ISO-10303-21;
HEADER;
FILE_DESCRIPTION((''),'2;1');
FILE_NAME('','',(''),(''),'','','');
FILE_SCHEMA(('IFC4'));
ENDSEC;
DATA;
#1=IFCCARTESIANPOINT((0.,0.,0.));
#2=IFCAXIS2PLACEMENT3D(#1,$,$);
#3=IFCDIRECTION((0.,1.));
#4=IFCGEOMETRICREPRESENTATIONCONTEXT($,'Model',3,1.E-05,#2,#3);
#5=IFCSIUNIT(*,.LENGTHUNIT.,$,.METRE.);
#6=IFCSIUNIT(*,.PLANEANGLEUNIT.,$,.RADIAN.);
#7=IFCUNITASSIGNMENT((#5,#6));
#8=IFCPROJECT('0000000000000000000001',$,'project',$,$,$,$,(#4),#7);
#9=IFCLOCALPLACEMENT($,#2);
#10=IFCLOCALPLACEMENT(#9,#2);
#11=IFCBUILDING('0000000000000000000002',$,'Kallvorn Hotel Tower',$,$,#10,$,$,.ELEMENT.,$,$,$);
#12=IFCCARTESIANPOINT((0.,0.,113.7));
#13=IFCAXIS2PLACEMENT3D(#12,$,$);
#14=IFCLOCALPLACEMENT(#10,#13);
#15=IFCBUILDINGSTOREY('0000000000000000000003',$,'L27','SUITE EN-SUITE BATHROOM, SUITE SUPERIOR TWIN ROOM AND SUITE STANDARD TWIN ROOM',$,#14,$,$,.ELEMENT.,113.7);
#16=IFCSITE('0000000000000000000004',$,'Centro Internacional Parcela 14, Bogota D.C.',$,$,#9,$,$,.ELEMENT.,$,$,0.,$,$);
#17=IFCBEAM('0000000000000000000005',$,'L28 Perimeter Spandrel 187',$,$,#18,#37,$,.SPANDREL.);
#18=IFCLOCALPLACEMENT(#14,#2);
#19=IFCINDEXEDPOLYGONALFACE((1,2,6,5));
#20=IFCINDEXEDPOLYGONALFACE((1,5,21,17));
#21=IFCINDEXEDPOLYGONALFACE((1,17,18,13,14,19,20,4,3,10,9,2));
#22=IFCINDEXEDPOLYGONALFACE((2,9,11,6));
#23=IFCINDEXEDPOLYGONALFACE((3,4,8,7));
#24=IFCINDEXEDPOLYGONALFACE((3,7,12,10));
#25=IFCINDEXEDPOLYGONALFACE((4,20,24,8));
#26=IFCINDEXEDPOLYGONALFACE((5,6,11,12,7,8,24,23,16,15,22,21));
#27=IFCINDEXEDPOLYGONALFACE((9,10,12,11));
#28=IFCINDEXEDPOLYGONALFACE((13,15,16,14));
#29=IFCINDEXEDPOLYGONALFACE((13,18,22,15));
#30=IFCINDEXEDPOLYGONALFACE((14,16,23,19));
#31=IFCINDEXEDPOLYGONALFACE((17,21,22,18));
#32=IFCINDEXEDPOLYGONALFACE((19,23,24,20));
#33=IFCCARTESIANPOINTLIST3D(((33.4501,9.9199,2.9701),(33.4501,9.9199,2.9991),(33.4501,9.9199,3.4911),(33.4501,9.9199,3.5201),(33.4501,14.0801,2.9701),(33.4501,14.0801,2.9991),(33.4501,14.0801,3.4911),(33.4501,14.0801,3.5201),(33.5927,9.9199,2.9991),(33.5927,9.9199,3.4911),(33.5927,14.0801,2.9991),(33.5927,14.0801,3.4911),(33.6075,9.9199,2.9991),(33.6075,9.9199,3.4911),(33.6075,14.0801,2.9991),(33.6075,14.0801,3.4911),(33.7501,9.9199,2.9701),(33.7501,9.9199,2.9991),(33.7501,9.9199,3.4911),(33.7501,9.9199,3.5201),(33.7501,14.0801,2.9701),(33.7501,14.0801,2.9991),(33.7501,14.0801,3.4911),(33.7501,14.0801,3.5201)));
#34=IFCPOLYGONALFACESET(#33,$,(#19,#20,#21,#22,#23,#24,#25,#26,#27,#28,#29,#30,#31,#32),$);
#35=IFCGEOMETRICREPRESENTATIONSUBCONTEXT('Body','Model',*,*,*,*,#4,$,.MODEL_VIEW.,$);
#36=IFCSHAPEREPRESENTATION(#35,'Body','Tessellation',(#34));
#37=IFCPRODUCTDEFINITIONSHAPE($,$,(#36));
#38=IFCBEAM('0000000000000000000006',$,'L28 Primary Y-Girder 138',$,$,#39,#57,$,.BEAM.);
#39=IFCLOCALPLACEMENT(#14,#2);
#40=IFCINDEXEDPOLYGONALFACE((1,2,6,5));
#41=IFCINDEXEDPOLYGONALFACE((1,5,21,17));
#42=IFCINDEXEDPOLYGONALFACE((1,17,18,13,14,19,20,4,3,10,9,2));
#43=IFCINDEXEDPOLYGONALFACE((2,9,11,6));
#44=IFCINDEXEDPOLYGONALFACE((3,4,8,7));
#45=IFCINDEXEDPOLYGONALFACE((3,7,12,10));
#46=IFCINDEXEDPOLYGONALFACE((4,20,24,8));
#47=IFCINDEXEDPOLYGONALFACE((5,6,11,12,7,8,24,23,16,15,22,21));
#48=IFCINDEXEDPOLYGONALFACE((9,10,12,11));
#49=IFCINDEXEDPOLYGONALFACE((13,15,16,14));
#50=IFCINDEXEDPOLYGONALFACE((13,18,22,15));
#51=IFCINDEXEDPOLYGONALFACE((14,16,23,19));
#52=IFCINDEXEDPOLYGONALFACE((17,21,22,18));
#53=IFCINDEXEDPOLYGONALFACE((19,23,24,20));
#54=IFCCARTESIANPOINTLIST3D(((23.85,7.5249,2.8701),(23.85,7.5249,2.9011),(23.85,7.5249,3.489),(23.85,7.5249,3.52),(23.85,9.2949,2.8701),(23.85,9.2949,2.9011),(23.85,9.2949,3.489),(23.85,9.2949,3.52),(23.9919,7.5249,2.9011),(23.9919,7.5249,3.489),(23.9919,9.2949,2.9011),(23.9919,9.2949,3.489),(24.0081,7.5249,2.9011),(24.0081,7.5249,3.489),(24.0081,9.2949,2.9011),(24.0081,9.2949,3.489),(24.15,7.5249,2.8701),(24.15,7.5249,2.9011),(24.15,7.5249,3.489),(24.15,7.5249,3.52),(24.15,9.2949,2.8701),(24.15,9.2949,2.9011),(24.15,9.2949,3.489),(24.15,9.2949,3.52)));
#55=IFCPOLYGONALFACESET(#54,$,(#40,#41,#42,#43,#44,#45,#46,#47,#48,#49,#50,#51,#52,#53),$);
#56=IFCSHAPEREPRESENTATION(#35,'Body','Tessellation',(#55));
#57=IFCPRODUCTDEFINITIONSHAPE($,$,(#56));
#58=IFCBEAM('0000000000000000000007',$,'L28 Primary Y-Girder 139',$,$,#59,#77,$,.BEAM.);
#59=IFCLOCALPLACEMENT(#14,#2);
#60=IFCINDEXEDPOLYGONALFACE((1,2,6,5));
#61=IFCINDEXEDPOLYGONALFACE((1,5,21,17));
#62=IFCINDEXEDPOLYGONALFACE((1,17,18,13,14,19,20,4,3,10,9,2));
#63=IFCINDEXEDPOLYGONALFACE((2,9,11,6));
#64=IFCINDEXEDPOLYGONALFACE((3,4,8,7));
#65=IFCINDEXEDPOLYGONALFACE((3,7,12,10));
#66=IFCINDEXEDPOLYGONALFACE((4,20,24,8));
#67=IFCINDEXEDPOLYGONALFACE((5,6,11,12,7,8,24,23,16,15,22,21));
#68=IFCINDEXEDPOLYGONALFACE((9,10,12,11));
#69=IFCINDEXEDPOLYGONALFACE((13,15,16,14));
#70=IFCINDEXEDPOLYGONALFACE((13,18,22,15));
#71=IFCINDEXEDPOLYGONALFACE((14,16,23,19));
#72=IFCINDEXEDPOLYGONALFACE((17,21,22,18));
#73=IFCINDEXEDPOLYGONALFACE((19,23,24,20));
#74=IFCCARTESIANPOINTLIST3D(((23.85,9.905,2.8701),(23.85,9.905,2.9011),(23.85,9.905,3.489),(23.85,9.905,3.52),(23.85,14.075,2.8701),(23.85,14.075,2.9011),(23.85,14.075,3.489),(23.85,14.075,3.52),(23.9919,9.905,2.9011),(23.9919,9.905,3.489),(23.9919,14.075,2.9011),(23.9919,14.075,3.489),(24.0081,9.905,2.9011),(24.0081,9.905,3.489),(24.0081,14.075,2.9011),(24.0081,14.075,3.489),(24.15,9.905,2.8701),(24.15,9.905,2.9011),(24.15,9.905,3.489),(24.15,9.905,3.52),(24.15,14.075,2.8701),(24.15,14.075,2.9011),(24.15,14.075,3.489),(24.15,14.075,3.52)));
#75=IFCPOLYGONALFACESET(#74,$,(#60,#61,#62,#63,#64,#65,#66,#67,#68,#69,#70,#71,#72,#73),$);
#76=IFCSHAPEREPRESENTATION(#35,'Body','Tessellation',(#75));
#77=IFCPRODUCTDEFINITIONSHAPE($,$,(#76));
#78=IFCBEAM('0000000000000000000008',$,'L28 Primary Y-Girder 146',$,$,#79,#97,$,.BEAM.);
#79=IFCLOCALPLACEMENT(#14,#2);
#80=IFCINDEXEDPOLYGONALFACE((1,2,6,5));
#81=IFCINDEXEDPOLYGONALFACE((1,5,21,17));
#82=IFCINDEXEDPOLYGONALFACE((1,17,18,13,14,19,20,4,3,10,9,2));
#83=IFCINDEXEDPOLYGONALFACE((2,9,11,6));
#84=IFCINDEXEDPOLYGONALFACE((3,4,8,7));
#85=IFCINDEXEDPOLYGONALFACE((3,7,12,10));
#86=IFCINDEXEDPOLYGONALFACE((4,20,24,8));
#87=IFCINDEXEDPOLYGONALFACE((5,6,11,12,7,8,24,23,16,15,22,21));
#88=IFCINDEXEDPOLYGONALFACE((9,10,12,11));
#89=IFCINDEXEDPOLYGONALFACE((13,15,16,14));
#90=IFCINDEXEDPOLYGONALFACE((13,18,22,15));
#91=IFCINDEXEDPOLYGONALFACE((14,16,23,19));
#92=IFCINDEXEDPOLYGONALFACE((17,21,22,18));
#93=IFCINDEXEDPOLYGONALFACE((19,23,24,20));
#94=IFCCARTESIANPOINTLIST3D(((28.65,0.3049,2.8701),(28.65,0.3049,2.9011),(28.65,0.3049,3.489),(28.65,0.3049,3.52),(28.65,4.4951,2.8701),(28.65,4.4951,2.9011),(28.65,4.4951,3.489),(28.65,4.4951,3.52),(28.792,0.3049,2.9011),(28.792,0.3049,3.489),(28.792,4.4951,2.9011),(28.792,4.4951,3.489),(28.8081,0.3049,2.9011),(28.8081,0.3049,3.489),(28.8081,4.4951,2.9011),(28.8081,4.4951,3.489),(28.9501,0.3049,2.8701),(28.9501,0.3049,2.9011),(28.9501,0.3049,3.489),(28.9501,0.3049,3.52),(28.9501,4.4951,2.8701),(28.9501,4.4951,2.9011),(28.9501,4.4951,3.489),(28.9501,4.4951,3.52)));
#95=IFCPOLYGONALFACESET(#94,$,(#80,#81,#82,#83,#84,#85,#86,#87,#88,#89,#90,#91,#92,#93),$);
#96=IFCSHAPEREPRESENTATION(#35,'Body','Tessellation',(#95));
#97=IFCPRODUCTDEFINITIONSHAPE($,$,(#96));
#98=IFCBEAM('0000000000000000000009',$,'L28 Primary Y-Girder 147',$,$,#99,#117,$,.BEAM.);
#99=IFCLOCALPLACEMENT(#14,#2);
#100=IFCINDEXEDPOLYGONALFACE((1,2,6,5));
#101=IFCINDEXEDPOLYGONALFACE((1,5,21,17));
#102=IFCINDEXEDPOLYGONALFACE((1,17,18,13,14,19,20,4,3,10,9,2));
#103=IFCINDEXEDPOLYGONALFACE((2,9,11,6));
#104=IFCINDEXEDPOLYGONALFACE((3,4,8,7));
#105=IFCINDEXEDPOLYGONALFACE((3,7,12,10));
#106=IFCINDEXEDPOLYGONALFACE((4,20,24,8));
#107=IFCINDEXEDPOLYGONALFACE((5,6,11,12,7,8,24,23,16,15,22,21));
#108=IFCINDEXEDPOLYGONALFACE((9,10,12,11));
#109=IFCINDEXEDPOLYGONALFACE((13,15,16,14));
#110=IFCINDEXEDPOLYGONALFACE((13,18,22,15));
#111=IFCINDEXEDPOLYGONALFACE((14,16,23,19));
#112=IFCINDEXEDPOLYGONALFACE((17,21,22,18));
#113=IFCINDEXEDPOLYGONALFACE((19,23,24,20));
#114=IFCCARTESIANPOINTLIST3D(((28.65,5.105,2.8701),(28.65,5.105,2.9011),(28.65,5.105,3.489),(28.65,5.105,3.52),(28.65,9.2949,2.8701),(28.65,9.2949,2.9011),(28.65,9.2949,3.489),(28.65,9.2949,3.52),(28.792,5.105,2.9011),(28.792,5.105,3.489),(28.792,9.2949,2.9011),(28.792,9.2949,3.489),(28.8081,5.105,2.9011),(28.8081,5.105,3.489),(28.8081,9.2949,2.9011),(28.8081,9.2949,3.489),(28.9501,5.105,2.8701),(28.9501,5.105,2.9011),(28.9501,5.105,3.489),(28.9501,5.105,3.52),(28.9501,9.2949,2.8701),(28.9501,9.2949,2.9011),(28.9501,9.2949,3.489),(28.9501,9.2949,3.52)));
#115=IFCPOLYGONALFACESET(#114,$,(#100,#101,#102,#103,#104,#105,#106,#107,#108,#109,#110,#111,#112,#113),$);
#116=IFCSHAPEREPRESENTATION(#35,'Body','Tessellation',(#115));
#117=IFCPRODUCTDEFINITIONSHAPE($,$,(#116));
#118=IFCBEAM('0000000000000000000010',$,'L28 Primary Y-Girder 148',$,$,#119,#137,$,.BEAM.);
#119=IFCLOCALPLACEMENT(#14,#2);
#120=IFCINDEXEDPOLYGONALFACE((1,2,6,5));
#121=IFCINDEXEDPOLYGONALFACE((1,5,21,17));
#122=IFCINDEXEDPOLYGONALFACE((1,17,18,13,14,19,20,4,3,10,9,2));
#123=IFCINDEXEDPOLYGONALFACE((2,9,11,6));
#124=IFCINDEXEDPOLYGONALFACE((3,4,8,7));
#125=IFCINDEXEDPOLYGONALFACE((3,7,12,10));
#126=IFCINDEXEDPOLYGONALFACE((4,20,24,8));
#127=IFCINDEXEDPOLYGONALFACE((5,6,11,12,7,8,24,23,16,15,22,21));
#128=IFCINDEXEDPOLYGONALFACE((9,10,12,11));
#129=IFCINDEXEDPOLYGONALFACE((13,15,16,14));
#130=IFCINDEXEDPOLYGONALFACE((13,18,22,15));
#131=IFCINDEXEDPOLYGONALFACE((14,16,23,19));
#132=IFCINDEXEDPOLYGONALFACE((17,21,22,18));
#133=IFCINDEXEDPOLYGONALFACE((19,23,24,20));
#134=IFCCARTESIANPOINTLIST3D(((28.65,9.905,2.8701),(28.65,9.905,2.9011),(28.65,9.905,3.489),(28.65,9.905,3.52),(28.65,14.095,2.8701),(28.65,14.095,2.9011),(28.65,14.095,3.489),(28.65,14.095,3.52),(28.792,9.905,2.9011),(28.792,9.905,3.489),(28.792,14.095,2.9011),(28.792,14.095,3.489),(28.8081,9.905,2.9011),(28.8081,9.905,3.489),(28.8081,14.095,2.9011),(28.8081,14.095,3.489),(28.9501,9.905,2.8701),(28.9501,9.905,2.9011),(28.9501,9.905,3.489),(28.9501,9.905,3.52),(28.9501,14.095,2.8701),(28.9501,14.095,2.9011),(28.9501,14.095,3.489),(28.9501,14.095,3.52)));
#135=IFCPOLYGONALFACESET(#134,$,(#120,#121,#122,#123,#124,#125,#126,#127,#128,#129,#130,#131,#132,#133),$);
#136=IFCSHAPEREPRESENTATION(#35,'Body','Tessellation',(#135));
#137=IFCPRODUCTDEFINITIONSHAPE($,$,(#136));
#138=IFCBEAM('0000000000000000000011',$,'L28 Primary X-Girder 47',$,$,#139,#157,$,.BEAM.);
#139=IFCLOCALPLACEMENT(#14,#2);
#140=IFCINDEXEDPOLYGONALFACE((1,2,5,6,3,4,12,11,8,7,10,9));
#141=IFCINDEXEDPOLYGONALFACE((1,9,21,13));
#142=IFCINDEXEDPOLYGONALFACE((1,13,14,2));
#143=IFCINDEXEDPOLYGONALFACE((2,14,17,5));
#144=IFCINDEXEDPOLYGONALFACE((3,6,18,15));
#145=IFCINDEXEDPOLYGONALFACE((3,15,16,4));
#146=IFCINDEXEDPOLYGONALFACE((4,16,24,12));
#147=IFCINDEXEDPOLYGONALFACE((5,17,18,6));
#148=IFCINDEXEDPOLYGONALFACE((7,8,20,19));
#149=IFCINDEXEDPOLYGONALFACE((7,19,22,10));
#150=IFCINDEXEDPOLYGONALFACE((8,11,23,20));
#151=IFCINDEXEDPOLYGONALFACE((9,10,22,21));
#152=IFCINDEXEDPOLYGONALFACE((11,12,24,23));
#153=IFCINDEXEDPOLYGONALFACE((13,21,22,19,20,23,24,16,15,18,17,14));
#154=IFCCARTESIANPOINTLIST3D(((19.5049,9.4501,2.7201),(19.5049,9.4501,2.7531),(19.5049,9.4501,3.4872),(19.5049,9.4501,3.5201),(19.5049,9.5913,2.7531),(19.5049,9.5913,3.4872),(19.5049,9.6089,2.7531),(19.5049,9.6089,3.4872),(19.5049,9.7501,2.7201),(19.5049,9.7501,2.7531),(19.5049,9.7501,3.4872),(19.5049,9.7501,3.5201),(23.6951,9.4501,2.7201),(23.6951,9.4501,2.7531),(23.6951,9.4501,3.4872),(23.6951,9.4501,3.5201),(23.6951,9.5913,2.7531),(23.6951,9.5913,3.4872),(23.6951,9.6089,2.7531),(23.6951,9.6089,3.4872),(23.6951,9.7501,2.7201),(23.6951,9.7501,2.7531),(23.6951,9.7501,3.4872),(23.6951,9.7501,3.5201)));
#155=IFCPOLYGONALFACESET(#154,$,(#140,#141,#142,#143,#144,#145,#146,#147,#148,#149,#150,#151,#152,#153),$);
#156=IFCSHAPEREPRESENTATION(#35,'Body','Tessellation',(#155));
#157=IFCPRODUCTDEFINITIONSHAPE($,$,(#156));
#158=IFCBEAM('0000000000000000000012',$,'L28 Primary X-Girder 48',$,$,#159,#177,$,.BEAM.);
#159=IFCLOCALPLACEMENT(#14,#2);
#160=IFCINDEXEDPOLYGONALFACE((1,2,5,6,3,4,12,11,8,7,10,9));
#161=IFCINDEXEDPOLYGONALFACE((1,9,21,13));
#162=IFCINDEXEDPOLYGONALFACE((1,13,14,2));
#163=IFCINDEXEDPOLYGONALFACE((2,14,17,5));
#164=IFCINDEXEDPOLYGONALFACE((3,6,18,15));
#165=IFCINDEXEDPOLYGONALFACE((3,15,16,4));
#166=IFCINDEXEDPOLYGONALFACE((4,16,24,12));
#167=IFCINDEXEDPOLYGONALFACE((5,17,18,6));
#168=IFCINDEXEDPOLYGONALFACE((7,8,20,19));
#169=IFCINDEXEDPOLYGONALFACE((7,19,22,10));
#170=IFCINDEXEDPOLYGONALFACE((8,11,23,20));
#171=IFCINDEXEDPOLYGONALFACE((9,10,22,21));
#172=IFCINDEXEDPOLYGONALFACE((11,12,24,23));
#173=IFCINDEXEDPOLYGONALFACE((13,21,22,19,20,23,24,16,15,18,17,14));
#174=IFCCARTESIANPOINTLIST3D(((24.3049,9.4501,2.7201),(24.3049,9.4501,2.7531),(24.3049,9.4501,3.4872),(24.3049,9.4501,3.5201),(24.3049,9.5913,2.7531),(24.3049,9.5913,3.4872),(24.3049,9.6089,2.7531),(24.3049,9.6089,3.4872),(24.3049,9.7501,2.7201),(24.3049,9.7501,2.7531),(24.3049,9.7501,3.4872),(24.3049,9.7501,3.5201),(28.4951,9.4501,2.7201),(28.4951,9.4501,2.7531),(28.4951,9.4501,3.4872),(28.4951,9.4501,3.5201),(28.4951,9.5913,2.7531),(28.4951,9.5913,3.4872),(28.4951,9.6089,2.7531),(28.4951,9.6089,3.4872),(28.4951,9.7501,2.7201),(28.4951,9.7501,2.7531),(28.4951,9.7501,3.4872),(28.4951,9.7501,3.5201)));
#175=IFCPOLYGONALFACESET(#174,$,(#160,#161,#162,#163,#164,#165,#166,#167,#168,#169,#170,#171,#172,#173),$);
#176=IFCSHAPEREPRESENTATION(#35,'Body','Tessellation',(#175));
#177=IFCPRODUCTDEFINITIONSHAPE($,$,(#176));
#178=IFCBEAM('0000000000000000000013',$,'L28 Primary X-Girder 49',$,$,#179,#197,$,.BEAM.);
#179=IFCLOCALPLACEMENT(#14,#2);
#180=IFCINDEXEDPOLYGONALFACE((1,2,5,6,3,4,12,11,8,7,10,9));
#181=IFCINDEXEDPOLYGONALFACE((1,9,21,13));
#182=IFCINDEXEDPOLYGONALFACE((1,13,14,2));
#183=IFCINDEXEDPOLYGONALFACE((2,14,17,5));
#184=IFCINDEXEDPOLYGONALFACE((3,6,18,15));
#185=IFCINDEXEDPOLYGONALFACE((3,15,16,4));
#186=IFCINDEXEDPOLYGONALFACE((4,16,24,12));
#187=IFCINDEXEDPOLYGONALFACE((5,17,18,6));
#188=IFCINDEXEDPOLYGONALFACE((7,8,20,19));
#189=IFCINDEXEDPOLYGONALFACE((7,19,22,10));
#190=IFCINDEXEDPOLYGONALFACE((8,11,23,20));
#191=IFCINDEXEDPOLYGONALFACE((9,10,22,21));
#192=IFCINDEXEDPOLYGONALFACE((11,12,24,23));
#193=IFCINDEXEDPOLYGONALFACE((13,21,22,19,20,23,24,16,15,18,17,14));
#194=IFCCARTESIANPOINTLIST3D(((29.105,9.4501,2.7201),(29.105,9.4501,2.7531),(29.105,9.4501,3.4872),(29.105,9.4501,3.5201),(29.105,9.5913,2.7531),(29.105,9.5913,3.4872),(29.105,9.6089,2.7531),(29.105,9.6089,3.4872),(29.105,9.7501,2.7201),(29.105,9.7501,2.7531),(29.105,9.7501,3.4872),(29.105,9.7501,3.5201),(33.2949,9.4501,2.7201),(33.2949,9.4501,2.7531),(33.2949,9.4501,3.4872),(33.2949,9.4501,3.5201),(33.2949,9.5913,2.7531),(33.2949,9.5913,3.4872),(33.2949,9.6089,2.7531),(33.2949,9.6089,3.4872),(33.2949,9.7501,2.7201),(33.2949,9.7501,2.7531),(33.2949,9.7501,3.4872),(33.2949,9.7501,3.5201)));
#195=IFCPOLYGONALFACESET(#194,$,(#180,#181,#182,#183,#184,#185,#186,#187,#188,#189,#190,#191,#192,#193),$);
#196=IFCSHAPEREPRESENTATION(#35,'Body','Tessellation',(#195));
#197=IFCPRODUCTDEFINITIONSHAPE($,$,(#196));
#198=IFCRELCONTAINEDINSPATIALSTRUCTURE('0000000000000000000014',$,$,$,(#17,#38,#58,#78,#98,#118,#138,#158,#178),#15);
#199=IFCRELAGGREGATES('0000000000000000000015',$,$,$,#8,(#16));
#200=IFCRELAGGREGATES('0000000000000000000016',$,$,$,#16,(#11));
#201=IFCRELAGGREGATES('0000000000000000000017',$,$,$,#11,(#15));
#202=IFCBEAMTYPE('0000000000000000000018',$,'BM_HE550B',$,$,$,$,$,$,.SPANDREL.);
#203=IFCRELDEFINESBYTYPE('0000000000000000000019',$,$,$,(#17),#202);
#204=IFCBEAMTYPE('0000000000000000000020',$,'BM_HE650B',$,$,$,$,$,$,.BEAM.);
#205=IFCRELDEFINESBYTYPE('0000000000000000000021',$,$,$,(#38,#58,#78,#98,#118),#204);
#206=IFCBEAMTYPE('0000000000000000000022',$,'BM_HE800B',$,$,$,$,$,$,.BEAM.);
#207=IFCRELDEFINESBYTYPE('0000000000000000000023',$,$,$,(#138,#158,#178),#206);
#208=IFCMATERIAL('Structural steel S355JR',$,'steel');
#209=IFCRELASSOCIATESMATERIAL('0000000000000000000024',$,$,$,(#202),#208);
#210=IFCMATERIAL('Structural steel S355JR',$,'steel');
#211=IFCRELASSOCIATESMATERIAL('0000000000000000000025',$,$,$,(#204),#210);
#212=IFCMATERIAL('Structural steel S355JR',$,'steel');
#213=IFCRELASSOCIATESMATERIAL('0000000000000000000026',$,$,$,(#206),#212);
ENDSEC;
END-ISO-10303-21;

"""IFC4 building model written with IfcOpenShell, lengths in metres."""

from ifc_helpers import new_model, si_unit, direction, frame, origin, origin_2d, place, context, subcontext, project, spatial, i_section, extrude, material, material_profile, profile_set, type_object, element, save


model = new_model("IFC4")

# Units and contexts
model_context = context("Model", 3, precision=1e-05, world=origin(), true_north=direction((0.0, 1.0)))
body_context = subcontext(model_context, "Body", "Model", "MODEL_VIEW")
ifc_project = project(units=[si_unit("LENGTHUNIT", "METRE"), si_unit("PLANEANGLEUNIT", "RADIAN")], contexts=[model_context])

# Site, building, storey
site_placement = place(None, origin())
site = spatial("IfcSite", under=ifc_project, at=site_placement, Name="Centro Internacional Parcela 14, Bogota D.C.", CompositionType="ELEMENT", RefElevation=0.0)
building_placement = place(site_placement, origin())
building = spatial("IfcBuilding", under=site, at=building_placement, Name="Kallvorn Hotel Tower", CompositionType="ELEMENT")
storey_placement = place(building_placement, frame((0.0, 0.0, 113.7)))
storey = spatial("IfcBuildingStorey", under=building, at=storey_placement, Name="L27", Description="SUITE EN-SUITE BATHROOM, SUITE SUPERIOR TWIN ROOM AND SUITE STANDARD TWIN ROOM", CompositionType="ELEMENT", Elevation=113.7)

# Beams
ifc_material_1 = material(Name="Structural steel S355JR", Category="steel")
ifc_material_profile_1 = material_profile(ifc_material_1, i_section(OverallWidth=0.3, OverallDepth=0.55, WebThickness=0.0149, FlangeThickness=0.0291, at=origin_2d()), Name="HE 550 B")
ifc_profile_set_1 = profile_set([ifc_material_profile_1], Name="Structural steel S355JR")
beam_type_1 = type_object("IfcBeamType", Name="BM_HE550B", PredefinedType="SPANDREL", material=ifc_profile_set_1)
beam_1_placement = place(storey_placement, frame((33.6001, 9.9199, 3.2451), z_axis=(0.0, 1.0, 0.0), x_axis=(-1.0, 0.0, 0.0)))
element("IfcBeam", 1, at=beam_1_placement, inside=storey, type_object=beam_type_1, Name="L28 Perimeter Spandrel 187", PredefinedType="SPANDREL", context=body_context, shape_type="SweptSolid", body=[
    extrude(i_section(OverallWidth=0.3, OverallDepth=0.55, WebThickness=0.0149, FlangeThickness=0.0291, at=origin_2d()), origin(), (0.0, 0.0, 1.0), 4.1602),
])
ifc_material_2 = material(Name="Structural steel S355JR", Category="steel")
ifc_material_profile_2 = material_profile(ifc_material_2, i_section(OverallWidth=0.3, OverallDepth=0.6499, WebThickness=0.0161, FlangeThickness=0.031, at=origin_2d()), Name="HE 650 B")
ifc_profile_set_2 = profile_set([ifc_material_profile_2], Name="Structural steel S355JR")
beam_type_2 = type_object("IfcBeamType", Name="BM_HE650B", PredefinedType="BEAM", material=ifc_profile_set_2)
beam_2_placement = place(storey_placement, frame((24.0, 7.5249, 3.1951), z_axis=(0.0, 1.0, 0.0), x_axis=(-1.0, 0.0, 0.0)))
element("IfcBeam", 2, at=beam_2_placement, inside=storey, type_object=beam_type_2, Name="L28 Primary Y-Girder 138", PredefinedType="BEAM", context=body_context, shape_type="SweptSolid", body=[
    extrude(i_section(OverallWidth=0.3, OverallDepth=0.6499, WebThickness=0.0161, FlangeThickness=0.031, at=origin_2d()), origin(), (0.0, 0.0, 1.0), 1.77),
])
beam_3_placement = place(storey_placement, frame((24.0, 9.905, 3.1951), z_axis=(0.0, 1.0, 0.0), x_axis=(-1.0, 0.0, 0.0)))
element("IfcBeam", 3, at=beam_3_placement, inside=storey, type_object=beam_type_2, Name="L28 Primary Y-Girder 139", PredefinedType="BEAM", context=body_context, shape_type="SweptSolid", body=[
    extrude(i_section(OverallWidth=0.3, OverallDepth=0.6499, WebThickness=0.0161, FlangeThickness=0.031, at=origin_2d()), origin(), (0.0, 0.0, 1.0), 4.1699),
])
beam_4_placement = place(storey_placement, frame((28.8, 0.3049, 3.1951), z_axis=(0.0, 1.0, 0.0), x_axis=(-1.0, 0.0, 0.0)))
element("IfcBeam", 4, at=beam_4_placement, inside=storey, type_object=beam_type_2, Name="L28 Primary Y-Girder 146", PredefinedType="BEAM", context=body_context, shape_type="SweptSolid", body=[
    extrude(i_section(OverallWidth=0.3, OverallDepth=0.6499, WebThickness=0.0161, FlangeThickness=0.031, at=origin_2d()), origin(), (0.0, 0.0, 1.0), 4.1902),
])
for number, where, z_axis, x_axis, name in (
    (5, (28.8, 5.105, 3.1951), (0.0, 1.0, 0.0), (-1.0, 0.0, 0.0), "L28 Primary Y-Girder 147"),
    (6, (28.8, 9.905, 3.1951), (0.0, 1.0, 0.0), (-1.0, 0.0, 0.0), "L28 Primary Y-Girder 148"),
):
    element("IfcBeam", number, at=place(storey_placement, frame(where, z_axis=z_axis, x_axis=x_axis)), inside=storey, type_object=beam_type_2, Name=name, PredefinedType="BEAM", context=body_context, shape_type="SweptSolid", body=[
        extrude(i_section(OverallWidth=0.3, OverallDepth=0.6499, WebThickness=0.0161, FlangeThickness=0.031, at=origin_2d()), origin(), (0.0, 0.0, 1.0), 4.1899),
    ])
ifc_material_3 = material(Name="Structural steel S355JR", Category="steel")
ifc_material_profile_3 = material_profile(ifc_material_3, i_section(OverallWidth=0.3, OverallDepth=0.8, WebThickness=0.0176, FlangeThickness=0.033, at=origin_2d()), Name="HE 800 B")
ifc_profile_set_3 = profile_set([ifc_material_profile_3], Name="Structural steel S355JR")
beam_type_3 = type_object("IfcBeamType", Name="BM_HE800B", PredefinedType="BEAM", material=ifc_profile_set_3)
for number, where, z_axis, x_axis, name in (
    (7, (19.5049, 9.6001, 3.1201), (1.0, 0.0, 0.0), (0.0, 1.0, 0.0), "L28 Primary X-Girder 47"),
    (8, (24.3049, 9.6001, 3.1201), (1.0, 0.0, 0.0), (0.0, 1.0, 0.0), "L28 Primary X-Girder 48"),
):
    element("IfcBeam", number, at=place(storey_placement, frame(where, z_axis=z_axis, x_axis=x_axis)), inside=storey, type_object=beam_type_3, Name=name, PredefinedType="BEAM", context=body_context, shape_type="SweptSolid", body=[
        extrude(i_section(OverallWidth=0.3, OverallDepth=0.8, WebThickness=0.0176, FlangeThickness=0.033, at=origin_2d()), origin(), (0.0, 0.0, 1.0), 4.1902),
    ])
beam_5_placement = place(storey_placement, frame((29.105, 9.6001, 3.1201), z_axis=(1.0, 0.0, 0.0), x_axis=(0.0, 1.0, 0.0)))
element("IfcBeam", 9, at=beam_5_placement, inside=storey, type_object=beam_type_3, Name="L28 Primary X-Girder 49", PredefinedType="BEAM", context=body_context, shape_type="SweptSolid", body=[
    extrude(i_section(OverallWidth=0.3, OverallDepth=0.8, WebThickness=0.0176, FlangeThickness=0.033, at=origin_2d()), origin(), (0.0, 0.0, 1.0), 4.1899),
])

save(model, "model.ifc")
